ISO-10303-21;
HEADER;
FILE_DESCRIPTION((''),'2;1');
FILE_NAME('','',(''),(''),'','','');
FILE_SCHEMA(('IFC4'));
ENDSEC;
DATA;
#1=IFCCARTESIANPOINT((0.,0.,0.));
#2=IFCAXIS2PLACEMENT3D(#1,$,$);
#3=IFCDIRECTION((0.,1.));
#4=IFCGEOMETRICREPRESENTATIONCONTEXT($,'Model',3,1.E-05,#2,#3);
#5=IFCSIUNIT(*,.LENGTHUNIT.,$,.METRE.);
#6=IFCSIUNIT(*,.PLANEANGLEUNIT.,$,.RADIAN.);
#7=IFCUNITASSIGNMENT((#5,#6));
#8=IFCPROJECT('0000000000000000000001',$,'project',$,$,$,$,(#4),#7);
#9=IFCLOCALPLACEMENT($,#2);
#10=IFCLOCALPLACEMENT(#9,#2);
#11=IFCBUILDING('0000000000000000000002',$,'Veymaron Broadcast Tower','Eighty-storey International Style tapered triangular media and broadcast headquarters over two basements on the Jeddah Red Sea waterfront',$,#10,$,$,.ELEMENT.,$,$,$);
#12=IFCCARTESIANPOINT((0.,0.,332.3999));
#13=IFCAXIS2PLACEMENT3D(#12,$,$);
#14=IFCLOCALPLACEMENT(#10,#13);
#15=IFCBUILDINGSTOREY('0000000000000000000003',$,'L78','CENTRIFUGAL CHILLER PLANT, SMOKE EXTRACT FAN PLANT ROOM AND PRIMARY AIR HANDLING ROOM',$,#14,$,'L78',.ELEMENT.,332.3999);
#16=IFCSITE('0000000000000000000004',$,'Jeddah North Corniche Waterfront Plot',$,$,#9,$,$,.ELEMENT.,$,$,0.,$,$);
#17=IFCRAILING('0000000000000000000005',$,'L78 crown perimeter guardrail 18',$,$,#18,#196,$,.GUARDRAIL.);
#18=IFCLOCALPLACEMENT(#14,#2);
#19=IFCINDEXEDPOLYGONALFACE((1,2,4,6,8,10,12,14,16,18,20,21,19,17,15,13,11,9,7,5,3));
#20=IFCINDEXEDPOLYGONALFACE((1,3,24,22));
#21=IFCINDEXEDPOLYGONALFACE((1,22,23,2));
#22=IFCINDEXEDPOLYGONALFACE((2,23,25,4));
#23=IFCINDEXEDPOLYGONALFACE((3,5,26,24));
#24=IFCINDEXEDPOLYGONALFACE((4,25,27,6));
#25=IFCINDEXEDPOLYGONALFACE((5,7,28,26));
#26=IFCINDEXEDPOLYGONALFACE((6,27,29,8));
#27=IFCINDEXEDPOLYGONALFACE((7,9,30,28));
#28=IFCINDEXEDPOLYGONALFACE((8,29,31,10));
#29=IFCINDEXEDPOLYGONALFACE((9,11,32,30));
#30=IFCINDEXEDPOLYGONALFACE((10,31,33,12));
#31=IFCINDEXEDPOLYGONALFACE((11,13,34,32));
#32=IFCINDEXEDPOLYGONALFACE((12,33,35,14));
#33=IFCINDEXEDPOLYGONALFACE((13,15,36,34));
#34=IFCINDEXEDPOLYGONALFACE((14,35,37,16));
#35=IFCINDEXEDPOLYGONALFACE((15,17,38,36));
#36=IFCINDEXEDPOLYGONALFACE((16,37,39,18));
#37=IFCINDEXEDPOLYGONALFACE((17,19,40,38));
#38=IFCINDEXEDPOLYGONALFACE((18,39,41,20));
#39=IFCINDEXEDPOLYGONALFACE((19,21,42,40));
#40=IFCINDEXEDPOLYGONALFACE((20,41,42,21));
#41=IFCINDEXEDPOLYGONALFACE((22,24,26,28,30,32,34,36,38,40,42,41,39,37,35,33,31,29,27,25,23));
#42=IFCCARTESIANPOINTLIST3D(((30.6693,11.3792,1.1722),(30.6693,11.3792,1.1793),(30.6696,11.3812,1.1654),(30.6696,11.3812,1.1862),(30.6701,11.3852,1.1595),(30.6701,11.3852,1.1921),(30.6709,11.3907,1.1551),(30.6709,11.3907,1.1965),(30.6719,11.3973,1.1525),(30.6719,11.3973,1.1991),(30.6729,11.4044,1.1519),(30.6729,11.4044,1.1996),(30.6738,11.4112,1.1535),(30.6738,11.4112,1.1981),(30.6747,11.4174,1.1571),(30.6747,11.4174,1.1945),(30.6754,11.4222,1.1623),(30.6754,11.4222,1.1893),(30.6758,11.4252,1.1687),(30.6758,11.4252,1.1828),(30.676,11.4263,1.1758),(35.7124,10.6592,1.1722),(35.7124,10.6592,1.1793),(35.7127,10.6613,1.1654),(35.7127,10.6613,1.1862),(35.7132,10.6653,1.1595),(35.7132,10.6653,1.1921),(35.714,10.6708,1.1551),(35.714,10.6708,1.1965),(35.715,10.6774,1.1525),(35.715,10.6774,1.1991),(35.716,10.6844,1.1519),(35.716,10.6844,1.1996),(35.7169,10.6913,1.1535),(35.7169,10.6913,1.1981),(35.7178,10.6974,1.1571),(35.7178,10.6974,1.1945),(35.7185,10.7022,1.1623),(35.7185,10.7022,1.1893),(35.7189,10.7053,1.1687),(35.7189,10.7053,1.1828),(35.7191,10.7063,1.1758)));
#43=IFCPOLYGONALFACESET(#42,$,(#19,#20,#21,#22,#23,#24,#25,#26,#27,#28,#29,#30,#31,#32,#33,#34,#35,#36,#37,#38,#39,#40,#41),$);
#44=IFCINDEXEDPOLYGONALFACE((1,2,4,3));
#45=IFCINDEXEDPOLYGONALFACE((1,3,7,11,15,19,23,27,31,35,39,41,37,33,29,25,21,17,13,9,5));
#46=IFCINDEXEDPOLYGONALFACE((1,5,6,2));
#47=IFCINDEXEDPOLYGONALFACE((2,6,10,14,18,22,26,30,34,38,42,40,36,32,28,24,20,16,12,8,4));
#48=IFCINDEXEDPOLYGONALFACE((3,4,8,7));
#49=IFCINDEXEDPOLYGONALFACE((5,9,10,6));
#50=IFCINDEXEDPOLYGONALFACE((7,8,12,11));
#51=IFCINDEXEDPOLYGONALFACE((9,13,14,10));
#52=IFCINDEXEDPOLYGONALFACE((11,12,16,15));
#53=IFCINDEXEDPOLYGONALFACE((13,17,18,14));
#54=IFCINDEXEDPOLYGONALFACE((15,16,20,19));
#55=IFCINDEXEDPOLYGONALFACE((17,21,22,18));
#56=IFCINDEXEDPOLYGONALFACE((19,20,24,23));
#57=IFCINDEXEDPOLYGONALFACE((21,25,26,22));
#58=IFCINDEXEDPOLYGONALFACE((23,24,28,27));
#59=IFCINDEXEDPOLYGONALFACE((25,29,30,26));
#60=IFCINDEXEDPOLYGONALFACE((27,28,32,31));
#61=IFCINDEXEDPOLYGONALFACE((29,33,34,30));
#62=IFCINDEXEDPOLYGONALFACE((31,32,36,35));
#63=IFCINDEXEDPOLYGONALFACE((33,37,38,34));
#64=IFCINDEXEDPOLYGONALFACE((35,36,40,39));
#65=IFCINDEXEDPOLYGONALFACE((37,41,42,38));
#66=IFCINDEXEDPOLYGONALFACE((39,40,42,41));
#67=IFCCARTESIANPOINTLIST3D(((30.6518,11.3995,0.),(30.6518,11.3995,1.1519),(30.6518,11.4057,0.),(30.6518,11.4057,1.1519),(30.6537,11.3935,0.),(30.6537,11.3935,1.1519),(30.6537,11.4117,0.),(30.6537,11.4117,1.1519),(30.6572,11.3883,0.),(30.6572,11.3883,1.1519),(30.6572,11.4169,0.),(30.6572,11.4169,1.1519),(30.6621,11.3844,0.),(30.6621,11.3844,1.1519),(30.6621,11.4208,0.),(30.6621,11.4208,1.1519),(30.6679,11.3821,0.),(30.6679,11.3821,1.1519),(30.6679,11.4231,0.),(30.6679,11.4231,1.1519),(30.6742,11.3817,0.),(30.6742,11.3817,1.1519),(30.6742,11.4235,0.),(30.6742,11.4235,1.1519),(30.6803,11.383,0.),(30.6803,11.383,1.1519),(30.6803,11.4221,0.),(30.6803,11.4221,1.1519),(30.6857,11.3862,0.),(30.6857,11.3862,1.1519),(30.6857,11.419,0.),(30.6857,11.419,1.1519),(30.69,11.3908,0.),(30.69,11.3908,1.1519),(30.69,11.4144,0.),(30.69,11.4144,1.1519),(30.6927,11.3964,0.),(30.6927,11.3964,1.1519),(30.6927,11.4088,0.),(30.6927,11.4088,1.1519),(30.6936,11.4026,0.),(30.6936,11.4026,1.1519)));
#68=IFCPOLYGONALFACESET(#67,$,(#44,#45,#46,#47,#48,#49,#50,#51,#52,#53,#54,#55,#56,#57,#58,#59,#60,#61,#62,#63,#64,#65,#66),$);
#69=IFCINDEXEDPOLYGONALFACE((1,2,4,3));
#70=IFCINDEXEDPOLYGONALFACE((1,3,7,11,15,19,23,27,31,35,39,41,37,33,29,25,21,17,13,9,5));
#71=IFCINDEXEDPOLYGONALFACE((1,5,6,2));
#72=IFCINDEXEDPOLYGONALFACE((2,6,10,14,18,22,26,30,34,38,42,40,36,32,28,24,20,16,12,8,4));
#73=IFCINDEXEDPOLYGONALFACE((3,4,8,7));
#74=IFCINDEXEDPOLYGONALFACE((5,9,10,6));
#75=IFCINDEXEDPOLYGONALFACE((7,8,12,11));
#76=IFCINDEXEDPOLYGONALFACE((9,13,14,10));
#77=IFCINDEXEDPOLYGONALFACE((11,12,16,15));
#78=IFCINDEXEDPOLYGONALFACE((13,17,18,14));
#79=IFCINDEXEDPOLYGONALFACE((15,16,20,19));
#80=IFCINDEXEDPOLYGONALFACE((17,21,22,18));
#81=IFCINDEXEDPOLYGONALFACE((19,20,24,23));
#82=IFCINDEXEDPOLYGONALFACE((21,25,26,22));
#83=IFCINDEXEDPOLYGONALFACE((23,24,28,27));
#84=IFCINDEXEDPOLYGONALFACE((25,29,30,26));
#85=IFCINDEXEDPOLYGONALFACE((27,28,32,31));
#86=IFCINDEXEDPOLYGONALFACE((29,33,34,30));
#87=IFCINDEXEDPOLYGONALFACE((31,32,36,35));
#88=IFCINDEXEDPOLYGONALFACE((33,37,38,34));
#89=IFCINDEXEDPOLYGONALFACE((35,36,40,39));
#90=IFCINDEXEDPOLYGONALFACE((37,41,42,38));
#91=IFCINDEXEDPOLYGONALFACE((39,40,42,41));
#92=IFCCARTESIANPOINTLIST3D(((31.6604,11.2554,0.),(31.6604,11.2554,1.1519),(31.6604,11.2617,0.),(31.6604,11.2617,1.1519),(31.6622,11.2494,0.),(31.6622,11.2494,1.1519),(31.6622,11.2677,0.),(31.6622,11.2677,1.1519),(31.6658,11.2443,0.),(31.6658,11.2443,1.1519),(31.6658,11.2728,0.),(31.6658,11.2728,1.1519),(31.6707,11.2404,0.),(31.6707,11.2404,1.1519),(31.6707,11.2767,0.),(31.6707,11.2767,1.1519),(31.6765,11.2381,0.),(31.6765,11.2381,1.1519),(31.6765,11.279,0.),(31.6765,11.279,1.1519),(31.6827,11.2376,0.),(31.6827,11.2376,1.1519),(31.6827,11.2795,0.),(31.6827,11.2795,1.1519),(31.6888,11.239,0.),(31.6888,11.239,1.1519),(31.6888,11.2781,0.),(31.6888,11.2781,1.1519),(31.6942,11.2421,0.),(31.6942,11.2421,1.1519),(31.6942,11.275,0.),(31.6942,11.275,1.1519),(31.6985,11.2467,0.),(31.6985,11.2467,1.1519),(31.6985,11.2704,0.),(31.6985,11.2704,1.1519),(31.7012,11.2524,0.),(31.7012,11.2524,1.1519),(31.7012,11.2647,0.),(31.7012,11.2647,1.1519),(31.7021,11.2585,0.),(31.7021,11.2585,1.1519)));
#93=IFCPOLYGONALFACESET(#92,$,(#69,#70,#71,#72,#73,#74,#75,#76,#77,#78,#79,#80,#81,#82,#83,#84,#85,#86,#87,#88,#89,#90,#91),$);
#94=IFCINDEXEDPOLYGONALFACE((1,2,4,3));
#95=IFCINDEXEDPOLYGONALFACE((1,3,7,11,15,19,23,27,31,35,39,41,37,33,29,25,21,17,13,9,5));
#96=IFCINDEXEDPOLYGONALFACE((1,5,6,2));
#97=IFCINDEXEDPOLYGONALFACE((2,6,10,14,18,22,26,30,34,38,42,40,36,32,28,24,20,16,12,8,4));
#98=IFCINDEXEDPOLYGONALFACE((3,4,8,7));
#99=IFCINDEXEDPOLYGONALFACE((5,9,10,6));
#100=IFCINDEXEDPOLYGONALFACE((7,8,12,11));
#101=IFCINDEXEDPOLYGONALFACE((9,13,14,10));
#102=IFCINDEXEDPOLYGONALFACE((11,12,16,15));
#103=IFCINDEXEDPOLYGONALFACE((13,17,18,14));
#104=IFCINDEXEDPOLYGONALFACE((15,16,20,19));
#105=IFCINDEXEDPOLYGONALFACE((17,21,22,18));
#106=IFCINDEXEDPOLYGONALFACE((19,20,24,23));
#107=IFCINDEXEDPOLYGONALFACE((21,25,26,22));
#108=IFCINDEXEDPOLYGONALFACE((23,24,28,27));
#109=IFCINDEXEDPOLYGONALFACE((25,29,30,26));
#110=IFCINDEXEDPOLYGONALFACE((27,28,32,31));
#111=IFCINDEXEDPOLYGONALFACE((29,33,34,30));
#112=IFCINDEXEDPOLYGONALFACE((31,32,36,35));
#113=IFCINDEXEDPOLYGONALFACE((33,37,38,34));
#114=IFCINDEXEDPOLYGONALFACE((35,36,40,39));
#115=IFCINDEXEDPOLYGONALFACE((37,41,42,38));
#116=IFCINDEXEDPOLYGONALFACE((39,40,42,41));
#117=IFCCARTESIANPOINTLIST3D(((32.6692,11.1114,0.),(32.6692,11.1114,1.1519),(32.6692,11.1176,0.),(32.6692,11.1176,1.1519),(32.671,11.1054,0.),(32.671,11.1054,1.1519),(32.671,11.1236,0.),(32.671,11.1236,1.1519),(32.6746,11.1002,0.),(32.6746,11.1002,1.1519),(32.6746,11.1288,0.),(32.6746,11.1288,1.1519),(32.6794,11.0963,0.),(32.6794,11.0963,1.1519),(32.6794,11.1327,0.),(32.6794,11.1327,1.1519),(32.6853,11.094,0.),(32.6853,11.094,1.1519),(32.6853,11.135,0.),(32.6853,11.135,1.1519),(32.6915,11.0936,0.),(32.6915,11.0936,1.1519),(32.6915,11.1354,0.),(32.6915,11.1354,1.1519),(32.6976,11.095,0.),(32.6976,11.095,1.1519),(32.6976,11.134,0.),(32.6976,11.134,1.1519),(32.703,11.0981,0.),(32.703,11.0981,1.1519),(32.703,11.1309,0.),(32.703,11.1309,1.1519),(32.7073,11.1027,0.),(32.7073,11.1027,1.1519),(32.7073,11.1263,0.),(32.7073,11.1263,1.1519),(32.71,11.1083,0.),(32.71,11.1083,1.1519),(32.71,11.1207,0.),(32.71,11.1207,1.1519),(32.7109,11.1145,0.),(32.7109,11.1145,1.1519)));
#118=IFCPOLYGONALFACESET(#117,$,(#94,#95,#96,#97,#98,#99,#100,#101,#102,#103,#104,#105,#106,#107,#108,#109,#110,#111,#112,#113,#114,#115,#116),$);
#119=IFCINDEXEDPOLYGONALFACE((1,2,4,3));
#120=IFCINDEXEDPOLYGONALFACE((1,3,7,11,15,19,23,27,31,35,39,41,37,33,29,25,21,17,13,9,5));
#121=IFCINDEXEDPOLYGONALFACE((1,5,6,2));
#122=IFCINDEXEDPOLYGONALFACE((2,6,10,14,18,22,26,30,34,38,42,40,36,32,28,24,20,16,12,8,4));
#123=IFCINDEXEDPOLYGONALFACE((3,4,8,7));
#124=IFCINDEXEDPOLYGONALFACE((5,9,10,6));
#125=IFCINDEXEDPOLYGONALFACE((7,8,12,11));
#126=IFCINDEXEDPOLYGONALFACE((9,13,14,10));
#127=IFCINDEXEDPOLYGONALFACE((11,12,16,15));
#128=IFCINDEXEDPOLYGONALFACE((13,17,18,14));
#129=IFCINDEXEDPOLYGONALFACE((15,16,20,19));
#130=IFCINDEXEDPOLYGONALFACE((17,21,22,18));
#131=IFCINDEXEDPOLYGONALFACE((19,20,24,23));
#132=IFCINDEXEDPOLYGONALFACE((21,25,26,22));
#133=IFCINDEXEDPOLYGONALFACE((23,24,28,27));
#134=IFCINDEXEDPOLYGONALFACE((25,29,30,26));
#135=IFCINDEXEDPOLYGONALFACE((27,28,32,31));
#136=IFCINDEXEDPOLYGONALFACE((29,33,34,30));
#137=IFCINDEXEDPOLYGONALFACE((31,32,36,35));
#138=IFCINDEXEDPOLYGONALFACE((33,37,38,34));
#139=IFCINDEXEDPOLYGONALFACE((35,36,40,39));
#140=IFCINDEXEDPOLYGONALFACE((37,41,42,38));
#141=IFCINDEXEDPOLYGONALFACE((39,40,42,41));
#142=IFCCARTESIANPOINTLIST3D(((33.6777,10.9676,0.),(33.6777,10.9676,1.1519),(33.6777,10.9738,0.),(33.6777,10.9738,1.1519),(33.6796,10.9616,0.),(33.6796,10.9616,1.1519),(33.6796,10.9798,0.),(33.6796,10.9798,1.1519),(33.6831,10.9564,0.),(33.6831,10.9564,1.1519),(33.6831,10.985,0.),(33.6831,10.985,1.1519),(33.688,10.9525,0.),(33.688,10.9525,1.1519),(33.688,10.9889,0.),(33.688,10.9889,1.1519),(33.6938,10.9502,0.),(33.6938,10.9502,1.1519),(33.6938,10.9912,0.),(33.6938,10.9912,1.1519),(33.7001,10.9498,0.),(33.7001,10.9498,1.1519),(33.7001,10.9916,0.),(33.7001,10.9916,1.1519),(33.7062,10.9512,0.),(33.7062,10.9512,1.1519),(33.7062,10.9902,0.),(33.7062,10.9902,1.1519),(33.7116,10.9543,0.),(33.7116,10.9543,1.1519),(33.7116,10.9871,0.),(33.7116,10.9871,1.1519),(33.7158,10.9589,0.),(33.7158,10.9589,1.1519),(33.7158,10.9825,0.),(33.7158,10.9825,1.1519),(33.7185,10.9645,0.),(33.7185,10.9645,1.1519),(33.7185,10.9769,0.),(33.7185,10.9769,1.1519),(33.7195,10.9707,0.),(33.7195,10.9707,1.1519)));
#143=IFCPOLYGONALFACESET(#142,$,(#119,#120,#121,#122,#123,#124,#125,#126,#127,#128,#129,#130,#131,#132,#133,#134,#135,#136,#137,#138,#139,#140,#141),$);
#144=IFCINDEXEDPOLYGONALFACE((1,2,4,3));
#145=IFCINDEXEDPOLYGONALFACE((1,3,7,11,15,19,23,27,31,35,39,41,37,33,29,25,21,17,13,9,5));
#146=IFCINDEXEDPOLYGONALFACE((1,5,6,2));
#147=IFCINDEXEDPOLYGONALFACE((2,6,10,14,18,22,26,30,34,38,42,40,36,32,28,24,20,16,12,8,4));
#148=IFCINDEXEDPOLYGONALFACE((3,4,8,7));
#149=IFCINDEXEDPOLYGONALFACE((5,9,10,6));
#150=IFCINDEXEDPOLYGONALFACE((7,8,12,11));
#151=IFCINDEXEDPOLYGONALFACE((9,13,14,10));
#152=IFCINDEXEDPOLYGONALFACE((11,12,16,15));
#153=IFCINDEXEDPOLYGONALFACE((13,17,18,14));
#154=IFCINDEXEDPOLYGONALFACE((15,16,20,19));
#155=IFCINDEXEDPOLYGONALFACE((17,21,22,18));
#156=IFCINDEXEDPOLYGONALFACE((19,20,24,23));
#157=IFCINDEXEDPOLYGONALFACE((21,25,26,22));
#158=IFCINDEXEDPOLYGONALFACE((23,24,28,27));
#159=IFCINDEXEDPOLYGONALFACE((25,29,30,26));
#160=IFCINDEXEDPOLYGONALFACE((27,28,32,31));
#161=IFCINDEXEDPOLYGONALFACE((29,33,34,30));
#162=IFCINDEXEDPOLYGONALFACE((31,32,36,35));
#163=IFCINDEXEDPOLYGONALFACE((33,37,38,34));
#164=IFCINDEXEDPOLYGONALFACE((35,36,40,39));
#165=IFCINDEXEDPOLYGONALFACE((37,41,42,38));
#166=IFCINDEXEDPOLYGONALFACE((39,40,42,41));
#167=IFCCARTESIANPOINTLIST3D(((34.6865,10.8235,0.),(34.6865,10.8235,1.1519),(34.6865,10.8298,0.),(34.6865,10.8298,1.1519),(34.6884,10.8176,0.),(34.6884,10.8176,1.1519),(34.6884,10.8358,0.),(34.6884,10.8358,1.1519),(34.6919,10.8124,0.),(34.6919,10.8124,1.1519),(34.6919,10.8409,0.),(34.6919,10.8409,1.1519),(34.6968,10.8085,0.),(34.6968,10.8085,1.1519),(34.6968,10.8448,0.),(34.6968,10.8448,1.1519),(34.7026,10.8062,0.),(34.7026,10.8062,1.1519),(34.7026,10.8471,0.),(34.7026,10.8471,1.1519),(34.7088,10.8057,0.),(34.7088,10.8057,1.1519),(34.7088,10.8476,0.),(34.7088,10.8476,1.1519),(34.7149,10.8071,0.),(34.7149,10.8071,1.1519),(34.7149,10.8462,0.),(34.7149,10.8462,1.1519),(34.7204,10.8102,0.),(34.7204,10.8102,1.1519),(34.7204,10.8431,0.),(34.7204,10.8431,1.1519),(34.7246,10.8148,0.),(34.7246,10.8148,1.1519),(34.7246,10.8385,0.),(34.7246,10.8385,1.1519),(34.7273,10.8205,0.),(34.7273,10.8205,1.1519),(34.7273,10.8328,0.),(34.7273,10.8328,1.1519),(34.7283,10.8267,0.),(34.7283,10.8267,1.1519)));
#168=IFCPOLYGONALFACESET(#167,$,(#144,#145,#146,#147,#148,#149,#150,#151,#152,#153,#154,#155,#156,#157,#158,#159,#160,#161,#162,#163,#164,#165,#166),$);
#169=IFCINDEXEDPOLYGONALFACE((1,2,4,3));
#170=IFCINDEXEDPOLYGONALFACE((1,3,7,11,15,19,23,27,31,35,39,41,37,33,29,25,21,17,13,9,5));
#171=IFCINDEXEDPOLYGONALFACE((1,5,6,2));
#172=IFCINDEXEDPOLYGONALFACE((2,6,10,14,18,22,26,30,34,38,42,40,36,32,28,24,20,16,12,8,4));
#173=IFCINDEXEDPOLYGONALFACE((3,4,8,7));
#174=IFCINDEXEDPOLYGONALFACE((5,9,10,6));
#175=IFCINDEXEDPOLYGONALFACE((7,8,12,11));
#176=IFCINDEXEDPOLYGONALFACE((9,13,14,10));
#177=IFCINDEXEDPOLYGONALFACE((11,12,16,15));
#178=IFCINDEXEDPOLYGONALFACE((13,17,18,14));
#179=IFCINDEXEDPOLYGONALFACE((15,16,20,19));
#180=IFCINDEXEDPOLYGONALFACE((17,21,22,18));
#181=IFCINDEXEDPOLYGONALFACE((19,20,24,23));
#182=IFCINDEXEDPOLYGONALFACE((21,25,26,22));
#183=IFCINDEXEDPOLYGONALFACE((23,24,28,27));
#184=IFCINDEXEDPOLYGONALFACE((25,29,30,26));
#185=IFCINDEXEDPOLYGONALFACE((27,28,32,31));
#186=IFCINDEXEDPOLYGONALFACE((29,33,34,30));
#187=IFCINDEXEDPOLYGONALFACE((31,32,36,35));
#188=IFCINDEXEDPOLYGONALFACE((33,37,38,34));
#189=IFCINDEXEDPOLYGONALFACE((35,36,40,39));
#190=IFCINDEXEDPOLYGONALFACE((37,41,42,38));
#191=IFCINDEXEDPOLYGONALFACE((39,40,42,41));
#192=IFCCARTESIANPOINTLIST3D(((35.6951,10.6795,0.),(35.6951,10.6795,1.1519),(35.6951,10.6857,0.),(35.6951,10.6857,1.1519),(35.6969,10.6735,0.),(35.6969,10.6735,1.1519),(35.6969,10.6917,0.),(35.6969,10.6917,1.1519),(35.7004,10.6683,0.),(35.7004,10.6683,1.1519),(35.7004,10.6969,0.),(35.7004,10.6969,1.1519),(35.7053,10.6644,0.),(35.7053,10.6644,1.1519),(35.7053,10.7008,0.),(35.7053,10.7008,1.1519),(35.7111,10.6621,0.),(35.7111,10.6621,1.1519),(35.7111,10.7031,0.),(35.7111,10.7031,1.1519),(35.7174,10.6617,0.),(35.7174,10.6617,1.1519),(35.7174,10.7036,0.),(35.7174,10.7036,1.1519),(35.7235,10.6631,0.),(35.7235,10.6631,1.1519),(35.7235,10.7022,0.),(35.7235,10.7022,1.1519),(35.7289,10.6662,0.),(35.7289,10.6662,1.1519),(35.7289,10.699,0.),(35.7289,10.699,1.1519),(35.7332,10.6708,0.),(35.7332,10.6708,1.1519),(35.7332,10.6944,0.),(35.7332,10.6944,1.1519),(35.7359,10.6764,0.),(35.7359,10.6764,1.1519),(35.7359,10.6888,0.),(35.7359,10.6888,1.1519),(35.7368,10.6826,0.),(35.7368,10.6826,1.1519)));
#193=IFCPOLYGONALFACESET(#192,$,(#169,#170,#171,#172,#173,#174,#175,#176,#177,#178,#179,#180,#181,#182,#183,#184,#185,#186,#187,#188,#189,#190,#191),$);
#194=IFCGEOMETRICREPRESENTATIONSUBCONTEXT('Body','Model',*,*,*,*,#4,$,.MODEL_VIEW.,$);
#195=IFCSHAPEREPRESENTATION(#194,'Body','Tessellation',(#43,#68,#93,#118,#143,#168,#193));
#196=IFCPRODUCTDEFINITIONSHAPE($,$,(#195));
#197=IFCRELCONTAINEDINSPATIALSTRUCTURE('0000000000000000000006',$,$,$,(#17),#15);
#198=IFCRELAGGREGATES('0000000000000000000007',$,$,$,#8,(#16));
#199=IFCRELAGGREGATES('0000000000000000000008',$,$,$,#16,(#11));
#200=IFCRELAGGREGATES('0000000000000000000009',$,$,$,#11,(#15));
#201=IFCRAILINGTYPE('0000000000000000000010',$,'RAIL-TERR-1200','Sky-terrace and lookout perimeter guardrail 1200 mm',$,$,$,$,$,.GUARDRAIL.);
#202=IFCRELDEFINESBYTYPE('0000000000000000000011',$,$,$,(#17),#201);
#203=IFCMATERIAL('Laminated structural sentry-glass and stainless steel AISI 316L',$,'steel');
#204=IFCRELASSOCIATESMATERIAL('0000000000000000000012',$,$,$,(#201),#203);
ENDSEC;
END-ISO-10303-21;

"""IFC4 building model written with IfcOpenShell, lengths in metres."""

from ifc_helpers import new_model, si_unit, direction, frame, origin, origin_2d, place, context, subcontext, project, spatial, circle, extrude, material, type_object, element, save


model = new_model("IFC4")

# Units and contexts
model_context = context("Model", 3, precision=1e-05, world=origin(), true_north=direction((0.0, 1.0)))
body_context = subcontext(model_context, "Body", "Model", "MODEL_VIEW")
ifc_project = project(units=[si_unit("LENGTHUNIT", "METRE"), si_unit("PLANEANGLEUNIT", "RADIAN")], contexts=[model_context])

# Site, building, storey
site_placement = place(None, origin())
site = spatial("IfcSite", under=ifc_project, at=site_placement, Name="Jeddah North Corniche Waterfront Plot", CompositionType="ELEMENT", RefElevation=0.0)
building_placement = place(site_placement, origin())
building = spatial("IfcBuilding", under=site, at=building_placement, Name="Veymaron Broadcast Tower", Description="Eighty-storey International Style tapered triangular media and broadcast headquarters over two basements on the Jeddah Red Sea waterfront", CompositionType="ELEMENT")
storey_placement = place(building_placement, frame((0.0, 0.0, 332.3999)))
storey = spatial("IfcBuildingStorey", under=building, at=storey_placement, Name="L78", Description="CENTRIFUGAL CHILLER PLANT, SMOKE EXTRACT FAN PLANT ROOM AND PRIMARY AIR HANDLING ROOM", LongName="L78", CompositionType="ELEMENT", Elevation=332.3999)

# Railing
ifc_material_1 = material(Name="Laminated structural sentry-glass and stainless steel AISI 316L", Category="steel")
railing_type = type_object("IfcRailingType", Name="RAIL-TERR-1200", Description="Sky-terrace and lookout perimeter guardrail 1200 mm", PredefinedType="GUARDRAIL", material=ifc_material_1)
railing_1_placement = place(storey_placement, frame((30.6726, 11.4026, 0.0)))
element("IfcRailing", 1, at=railing_1_placement, inside=storey, type_object=railing_type, Name="L78 crown perimeter guardrail 18", PredefinedType="GUARDRAIL", context=body_context, shape_type="SweptSolid", body=[
    extrude(circle(Radius=0.0239, at=origin_2d()), frame((0.0, 0.0, 1.1758), z_axis=(0.989963, -0.141327, 0.0), x_axis=(0.141327, 0.989963, 0.0)), (0.0, 0.0, 1.0), 5.0942),
    extrude(circle(Radius=0.021, at=origin_2d()), origin(), (0.0, 0.0, 1.0), 1.1519),
    extrude(circle(Radius=0.021, at=origin_2d()), frame((1.0085, -0.144, 0.0)), (0.0, 0.0, 1.0), 1.1519),
    extrude(circle(Radius=0.021, at=origin_2d()), frame((2.0173, -0.2881, 0.0)), (0.0, 0.0, 1.0), 1.1519),
    extrude(circle(Radius=0.021, at=origin_2d()), frame((3.0259, -0.4319, 0.0)), (0.0, 0.0, 1.0), 1.1519),
    extrude(circle(Radius=0.021, at=origin_2d()), frame((4.0347, -0.5759, 0.0)), (0.0, 0.0, 1.0), 1.1519),
    extrude(circle(Radius=0.021, at=origin_2d()), frame((5.0432, -0.72, 0.0)), (0.0, 0.0, 1.0), 1.1519),
])

save(model, "model.ifc")
